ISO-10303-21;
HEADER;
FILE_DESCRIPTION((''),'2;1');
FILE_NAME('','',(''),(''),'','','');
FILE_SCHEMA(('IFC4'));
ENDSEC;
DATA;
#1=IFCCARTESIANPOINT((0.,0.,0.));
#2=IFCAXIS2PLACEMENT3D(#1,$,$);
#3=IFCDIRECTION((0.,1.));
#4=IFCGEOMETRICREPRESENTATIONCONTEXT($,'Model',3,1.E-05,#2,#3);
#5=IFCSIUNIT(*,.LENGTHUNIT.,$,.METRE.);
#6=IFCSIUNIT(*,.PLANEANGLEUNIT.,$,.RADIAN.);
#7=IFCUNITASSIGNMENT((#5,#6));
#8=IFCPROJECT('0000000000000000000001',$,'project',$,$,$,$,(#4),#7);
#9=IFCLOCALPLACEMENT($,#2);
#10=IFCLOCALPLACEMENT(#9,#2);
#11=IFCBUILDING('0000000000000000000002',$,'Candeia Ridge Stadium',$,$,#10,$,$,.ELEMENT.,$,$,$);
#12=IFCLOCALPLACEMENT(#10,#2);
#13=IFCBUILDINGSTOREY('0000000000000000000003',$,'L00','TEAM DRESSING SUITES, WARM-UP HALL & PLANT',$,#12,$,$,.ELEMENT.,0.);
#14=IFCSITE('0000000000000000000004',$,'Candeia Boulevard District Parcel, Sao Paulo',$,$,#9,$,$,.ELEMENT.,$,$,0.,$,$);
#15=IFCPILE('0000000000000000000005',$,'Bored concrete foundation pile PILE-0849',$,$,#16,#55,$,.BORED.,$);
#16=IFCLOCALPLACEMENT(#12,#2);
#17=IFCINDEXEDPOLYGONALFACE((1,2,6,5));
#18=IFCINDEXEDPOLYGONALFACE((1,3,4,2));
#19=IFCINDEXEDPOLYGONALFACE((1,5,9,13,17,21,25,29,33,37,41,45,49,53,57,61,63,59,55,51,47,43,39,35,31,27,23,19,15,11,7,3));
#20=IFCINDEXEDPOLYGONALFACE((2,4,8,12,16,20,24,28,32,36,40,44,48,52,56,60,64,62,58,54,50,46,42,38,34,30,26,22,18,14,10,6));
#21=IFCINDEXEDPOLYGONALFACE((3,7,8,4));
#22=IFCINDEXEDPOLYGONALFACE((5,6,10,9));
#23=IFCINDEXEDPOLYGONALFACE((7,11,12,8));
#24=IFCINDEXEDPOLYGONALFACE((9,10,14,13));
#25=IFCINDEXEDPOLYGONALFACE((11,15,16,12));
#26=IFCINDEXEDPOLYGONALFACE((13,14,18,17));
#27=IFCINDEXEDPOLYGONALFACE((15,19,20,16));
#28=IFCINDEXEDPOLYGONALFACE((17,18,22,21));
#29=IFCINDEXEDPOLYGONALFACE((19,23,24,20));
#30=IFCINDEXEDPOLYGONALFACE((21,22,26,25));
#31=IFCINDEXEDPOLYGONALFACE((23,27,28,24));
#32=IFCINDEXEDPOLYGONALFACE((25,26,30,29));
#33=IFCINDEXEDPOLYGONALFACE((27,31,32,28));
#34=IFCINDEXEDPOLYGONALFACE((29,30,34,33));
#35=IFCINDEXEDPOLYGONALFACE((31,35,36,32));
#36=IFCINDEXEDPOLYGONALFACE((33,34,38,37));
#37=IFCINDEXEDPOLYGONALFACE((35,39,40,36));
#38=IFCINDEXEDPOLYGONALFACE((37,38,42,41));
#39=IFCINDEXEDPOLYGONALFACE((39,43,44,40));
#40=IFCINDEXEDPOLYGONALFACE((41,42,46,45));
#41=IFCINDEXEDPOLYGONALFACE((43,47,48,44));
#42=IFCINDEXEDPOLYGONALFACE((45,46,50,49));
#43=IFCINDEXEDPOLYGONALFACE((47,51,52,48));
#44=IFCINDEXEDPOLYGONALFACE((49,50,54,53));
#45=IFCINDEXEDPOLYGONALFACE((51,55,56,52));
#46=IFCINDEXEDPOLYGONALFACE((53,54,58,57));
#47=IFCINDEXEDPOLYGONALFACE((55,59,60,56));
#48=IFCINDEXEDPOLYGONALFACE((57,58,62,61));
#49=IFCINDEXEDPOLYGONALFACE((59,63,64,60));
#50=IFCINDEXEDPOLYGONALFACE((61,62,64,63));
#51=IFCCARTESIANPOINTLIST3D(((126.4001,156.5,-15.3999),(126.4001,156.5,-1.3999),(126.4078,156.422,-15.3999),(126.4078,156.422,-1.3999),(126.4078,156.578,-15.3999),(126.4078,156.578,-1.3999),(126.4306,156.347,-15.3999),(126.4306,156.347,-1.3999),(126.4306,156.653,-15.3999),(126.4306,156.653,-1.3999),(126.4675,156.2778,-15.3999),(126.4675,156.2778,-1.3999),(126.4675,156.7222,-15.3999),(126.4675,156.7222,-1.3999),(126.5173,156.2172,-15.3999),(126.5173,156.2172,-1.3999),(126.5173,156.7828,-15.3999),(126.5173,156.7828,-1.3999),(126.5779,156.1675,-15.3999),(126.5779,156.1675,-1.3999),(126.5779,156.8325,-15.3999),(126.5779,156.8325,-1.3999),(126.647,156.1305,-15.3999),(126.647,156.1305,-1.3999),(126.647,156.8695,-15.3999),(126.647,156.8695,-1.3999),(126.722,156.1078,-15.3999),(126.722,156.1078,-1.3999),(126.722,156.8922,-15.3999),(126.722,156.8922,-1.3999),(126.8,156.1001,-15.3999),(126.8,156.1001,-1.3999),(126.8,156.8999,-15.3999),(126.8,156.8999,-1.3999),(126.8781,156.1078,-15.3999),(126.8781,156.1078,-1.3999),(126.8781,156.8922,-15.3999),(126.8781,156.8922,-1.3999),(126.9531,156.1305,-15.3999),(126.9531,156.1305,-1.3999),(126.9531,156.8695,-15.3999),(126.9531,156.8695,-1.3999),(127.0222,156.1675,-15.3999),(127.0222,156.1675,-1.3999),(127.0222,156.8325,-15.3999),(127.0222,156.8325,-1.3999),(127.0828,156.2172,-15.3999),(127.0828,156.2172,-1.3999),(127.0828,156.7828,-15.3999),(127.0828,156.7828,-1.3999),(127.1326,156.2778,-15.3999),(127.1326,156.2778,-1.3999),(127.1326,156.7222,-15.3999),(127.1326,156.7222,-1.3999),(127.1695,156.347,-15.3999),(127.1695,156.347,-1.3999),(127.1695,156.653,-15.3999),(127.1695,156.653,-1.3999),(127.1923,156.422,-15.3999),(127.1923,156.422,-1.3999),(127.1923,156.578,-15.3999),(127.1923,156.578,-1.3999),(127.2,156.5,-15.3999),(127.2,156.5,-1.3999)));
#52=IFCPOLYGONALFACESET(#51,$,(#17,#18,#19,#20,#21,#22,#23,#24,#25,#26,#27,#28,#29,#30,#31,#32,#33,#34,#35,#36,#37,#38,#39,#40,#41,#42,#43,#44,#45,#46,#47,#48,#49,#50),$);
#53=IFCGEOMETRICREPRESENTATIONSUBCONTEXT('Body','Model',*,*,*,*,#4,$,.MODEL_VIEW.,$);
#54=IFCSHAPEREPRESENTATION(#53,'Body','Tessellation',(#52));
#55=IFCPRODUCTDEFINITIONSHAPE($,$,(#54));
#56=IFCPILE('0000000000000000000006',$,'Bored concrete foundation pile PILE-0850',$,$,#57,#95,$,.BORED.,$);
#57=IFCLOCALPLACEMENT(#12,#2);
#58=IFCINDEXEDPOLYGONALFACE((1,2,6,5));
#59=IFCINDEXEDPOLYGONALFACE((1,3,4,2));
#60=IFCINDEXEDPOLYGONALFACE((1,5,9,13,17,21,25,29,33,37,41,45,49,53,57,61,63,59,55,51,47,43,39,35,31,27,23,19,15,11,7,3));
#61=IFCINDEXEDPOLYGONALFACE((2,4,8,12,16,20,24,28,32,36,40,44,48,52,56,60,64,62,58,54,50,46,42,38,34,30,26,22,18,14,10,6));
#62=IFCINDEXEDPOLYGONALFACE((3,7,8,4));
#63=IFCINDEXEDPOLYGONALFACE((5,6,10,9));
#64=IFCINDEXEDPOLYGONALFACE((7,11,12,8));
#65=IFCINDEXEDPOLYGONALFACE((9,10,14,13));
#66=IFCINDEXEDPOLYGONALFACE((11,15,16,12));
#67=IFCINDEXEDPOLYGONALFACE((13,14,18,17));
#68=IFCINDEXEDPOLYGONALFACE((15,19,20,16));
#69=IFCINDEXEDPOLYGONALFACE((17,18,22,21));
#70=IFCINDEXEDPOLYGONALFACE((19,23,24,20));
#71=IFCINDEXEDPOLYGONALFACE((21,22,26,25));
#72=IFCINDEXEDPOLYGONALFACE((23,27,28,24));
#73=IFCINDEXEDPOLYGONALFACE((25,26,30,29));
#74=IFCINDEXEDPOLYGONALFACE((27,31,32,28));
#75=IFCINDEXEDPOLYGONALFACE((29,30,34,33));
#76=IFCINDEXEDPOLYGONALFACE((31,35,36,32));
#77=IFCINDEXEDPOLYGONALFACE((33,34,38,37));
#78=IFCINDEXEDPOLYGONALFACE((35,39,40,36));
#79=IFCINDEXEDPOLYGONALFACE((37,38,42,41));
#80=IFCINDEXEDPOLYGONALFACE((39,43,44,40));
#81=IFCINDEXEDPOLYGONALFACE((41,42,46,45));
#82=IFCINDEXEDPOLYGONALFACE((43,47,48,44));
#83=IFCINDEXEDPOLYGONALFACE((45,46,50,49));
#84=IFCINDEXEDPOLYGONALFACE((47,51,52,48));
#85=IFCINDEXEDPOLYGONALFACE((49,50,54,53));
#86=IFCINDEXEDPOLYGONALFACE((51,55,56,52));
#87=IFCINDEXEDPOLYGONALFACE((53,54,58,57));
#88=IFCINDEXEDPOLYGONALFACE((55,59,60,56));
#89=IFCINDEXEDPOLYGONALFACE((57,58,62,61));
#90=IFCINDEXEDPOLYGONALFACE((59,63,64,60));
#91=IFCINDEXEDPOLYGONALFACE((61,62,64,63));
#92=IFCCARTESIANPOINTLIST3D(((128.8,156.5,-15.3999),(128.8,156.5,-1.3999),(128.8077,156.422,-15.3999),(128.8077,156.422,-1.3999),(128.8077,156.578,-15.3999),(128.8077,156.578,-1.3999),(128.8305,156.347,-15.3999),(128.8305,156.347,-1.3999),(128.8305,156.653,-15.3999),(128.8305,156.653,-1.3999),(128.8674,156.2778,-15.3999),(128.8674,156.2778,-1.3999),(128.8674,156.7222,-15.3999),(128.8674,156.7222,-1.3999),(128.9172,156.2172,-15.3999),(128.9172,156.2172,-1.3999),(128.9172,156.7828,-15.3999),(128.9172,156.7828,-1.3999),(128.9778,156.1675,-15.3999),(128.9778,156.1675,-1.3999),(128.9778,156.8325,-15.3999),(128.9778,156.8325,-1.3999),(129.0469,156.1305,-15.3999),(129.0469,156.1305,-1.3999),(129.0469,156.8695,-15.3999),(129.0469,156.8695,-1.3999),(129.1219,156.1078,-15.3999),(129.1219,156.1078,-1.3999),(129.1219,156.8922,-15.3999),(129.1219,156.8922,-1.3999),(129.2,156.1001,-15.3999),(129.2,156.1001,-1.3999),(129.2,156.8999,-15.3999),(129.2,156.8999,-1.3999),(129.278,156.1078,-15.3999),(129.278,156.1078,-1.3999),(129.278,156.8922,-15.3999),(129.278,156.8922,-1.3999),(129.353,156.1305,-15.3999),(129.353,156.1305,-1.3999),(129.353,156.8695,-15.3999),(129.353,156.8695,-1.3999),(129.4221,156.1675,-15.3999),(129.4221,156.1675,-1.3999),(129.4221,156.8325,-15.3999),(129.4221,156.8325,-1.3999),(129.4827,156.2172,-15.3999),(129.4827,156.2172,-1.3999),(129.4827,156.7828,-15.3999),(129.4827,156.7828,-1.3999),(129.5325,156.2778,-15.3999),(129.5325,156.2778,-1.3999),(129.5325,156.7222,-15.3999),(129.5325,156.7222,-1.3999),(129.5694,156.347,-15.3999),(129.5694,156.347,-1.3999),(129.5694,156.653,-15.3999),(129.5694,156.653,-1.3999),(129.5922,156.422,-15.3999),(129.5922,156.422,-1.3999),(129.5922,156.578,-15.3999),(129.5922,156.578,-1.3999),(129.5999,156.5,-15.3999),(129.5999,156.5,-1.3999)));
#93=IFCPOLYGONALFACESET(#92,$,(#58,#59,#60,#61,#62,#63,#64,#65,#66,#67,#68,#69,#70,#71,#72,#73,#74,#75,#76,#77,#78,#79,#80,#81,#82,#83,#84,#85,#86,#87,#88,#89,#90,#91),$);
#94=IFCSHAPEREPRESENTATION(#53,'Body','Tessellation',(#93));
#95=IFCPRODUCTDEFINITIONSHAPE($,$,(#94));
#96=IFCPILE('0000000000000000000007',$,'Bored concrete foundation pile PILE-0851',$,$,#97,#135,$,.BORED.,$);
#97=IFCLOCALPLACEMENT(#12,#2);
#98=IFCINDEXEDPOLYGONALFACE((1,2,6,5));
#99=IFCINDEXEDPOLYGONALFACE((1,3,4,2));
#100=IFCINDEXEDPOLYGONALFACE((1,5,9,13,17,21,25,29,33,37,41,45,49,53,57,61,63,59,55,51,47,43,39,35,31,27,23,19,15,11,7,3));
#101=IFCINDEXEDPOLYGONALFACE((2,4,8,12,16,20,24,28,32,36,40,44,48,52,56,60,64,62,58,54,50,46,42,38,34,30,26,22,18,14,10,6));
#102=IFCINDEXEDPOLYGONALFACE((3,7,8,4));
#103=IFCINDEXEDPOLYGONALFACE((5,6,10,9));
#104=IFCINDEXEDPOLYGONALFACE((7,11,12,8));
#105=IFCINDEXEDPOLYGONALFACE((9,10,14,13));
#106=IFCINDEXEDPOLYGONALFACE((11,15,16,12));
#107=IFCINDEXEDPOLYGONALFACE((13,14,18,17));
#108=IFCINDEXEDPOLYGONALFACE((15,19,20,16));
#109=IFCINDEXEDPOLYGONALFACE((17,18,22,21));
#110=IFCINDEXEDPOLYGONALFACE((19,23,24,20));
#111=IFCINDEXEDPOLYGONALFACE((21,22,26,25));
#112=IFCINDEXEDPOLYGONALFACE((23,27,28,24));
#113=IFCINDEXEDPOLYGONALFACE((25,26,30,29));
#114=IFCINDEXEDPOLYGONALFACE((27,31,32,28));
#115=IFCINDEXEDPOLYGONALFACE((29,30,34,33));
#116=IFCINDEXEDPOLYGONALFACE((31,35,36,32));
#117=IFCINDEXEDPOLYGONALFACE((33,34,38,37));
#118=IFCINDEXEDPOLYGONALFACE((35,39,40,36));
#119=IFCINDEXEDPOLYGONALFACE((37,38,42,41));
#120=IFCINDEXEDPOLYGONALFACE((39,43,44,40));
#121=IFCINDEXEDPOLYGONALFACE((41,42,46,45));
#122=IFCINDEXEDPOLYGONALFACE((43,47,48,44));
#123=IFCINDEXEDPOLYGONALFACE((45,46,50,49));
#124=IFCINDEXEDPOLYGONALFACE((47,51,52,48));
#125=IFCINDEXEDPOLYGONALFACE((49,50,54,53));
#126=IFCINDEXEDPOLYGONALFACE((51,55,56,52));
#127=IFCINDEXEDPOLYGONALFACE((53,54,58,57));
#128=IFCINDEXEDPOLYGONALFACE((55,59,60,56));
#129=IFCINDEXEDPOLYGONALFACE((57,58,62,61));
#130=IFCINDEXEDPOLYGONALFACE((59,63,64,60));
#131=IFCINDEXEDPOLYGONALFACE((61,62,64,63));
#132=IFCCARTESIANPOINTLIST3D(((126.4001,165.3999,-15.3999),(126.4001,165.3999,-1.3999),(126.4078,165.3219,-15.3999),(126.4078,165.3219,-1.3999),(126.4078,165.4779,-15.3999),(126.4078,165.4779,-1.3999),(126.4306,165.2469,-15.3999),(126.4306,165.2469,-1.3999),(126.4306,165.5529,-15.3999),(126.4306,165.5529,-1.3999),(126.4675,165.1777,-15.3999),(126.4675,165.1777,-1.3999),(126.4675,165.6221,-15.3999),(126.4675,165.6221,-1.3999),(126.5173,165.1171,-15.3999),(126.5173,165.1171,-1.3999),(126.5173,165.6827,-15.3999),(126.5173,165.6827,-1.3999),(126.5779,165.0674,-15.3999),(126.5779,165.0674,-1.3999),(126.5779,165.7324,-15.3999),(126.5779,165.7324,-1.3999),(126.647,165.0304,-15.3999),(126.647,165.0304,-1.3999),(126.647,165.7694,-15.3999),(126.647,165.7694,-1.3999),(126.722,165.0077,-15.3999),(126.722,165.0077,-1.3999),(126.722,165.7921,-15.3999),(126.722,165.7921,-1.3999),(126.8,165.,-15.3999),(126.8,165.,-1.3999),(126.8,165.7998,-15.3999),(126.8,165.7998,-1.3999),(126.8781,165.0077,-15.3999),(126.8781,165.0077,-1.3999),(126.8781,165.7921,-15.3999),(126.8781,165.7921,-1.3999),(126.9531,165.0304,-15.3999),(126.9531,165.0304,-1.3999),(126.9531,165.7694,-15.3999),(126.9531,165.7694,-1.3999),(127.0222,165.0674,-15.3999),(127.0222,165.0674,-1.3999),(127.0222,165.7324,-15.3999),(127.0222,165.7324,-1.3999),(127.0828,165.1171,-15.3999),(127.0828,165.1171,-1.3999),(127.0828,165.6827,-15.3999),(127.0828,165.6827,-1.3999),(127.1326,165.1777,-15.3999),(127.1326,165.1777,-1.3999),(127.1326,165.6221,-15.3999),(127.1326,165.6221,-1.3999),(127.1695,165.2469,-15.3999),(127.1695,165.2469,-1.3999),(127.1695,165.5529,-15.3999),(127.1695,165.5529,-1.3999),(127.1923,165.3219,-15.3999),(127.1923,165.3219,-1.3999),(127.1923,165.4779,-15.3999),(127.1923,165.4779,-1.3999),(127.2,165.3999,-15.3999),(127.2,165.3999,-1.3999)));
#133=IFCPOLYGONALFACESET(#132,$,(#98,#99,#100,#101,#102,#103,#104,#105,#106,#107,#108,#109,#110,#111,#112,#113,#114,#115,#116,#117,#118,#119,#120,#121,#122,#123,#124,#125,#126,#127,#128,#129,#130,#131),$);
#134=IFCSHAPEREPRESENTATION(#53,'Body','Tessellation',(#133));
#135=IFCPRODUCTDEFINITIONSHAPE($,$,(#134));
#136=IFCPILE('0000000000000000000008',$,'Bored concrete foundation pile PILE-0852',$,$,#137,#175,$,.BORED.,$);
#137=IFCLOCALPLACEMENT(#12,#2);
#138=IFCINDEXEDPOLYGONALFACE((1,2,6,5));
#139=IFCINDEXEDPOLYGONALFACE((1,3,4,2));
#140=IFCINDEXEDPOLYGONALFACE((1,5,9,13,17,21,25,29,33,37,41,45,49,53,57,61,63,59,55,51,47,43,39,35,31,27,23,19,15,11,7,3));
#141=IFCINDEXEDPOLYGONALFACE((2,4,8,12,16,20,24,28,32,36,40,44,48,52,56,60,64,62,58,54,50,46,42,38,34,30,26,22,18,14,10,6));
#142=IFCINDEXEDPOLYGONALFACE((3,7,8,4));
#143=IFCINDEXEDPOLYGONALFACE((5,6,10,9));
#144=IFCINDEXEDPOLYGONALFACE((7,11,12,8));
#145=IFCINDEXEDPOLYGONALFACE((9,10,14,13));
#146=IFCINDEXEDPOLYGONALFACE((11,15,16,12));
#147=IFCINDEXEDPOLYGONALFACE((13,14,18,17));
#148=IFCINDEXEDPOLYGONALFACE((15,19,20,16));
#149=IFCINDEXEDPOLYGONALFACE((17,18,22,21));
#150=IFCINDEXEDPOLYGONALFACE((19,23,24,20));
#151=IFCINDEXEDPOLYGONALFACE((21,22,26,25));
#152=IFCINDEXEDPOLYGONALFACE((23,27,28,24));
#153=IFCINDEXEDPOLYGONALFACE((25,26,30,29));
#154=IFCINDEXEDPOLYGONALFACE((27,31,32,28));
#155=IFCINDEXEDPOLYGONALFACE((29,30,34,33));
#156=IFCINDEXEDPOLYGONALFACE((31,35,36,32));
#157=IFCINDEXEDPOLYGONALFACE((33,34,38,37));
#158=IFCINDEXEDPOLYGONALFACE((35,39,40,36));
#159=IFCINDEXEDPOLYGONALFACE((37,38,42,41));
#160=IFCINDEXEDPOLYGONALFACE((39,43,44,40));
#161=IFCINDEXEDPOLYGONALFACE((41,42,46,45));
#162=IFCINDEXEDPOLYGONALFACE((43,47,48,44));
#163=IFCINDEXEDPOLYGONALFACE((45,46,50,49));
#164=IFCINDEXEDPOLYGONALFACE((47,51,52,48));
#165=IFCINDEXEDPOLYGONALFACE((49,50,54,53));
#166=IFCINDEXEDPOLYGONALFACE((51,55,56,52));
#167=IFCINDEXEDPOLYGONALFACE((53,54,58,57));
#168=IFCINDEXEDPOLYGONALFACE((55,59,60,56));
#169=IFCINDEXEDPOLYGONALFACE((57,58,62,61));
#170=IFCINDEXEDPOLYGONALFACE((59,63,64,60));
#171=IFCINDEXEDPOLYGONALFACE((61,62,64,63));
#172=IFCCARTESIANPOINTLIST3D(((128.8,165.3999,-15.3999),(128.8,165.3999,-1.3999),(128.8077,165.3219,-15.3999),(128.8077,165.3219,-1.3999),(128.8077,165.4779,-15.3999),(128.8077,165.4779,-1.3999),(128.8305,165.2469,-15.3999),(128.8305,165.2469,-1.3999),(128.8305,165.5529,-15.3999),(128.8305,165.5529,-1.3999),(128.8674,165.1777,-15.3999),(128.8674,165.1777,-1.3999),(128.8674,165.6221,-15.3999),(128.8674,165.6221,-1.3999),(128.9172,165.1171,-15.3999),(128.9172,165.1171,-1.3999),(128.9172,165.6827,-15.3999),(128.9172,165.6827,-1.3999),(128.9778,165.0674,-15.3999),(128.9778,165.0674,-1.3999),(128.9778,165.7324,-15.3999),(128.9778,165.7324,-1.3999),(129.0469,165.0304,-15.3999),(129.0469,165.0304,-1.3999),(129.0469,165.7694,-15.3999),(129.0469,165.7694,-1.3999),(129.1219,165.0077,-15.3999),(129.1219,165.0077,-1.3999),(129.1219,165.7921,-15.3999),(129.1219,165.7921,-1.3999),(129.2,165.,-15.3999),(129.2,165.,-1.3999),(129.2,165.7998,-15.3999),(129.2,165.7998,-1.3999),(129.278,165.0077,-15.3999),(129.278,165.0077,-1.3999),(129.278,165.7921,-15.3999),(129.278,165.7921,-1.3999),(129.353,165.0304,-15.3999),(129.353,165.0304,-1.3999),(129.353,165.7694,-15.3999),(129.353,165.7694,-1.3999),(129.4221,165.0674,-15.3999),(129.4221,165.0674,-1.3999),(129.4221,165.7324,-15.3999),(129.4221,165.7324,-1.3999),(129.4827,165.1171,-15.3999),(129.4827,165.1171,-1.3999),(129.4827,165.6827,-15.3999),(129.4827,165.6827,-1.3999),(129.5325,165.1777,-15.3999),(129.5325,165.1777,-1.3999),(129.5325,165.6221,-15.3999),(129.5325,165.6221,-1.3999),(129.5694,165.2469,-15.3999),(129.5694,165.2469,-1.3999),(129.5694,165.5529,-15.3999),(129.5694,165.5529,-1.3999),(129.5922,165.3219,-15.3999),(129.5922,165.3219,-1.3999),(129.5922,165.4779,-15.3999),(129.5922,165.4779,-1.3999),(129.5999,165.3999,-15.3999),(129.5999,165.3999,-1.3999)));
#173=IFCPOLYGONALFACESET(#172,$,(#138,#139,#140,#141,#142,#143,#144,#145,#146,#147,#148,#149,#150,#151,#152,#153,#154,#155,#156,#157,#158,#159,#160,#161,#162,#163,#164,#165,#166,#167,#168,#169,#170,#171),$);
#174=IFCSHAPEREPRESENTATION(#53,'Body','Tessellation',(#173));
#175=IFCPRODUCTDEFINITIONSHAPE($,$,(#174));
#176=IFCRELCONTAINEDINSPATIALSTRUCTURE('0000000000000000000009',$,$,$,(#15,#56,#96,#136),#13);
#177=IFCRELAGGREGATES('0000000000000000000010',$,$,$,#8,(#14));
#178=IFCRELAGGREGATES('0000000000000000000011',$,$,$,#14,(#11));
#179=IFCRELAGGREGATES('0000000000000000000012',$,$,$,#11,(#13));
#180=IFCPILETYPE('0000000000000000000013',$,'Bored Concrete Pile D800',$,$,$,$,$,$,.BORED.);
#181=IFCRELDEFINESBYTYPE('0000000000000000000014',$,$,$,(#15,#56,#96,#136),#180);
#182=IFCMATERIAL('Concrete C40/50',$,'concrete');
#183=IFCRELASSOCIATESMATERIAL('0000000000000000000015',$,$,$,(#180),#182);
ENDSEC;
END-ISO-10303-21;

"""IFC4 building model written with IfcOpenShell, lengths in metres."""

from ifc_helpers import new_model, si_unit, direction, frame, origin, origin_2d, place, context, subcontext, project, spatial, circle, extrude, material, material_profile, profile_set, type_object, element, save


model = new_model("IFC4")

# Units and contexts
model_context = context("Model", 3, precision=1e-05, world=origin(), true_north=direction((0.0, 1.0)))
body_context = subcontext(model_context, "Body", "Model", "MODEL_VIEW")
ifc_project = project(units=[si_unit("LENGTHUNIT", "METRE"), si_unit("PLANEANGLEUNIT", "RADIAN")], contexts=[model_context])

# Site, building, storey
site_placement = place(None, origin())
site = spatial("IfcSite", under=ifc_project, at=site_placement, Name="Candeia Boulevard District Parcel, Sao Paulo", CompositionType="ELEMENT", RefElevation=0.0)
building_placement = place(site_placement, origin())
building = spatial("IfcBuilding", under=site, at=building_placement, Name="Candeia Ridge Stadium", CompositionType="ELEMENT")
storey_placement = place(building_placement, origin())
storey = spatial("IfcBuildingStorey", under=building, at=storey_placement, Name="L00", Description="TEAM DRESSING SUITES, WARM-UP HALL & PLANT", CompositionType="ELEMENT", Elevation=0.0)

# Piles
ifc_material_1 = material(Name="Concrete C40/50", Category="concrete")
ifc_material_profile_1 = material_profile(ifc_material_1, circle(Radius=0.3999, at=origin_2d()), Name="PILE-D800", Category="concrete")
ifc_profile_set_1 = profile_set([ifc_material_profile_1], Name="Concrete C40/50")
pile_type_1 = type_object("IfcPileType", Name="Bored Concrete Pile D800", PredefinedType="BORED", material=ifc_profile_set_1)
for number, where, z_axis, x_axis, name in (
    (1, (126.8, 156.5, -1.3999), (0.0, 0.0, -1.0), (1.0, 0.0, 0.0), "Bored concrete foundation pile PILE-0849"),
    (2, (129.2, 156.5, -1.3999), (0.0, 0.0, -1.0), (1.0, 0.0, 0.0), "Bored concrete foundation pile PILE-0850"),
    (3, (126.8, 165.3999, -1.3999), (0.0, 0.0, -1.0), (1.0, 0.0, 0.0), "Bored concrete foundation pile PILE-0851"),
    (4, (129.2, 165.3999, -1.3999), (0.0, 0.0, -1.0), (1.0, 0.0, 0.0), "Bored concrete foundation pile PILE-0852"),
):
    element("IfcPile", number, at=place(storey_placement, frame(where, z_axis=z_axis, x_axis=x_axis)), inside=storey, type_object=pile_type_1, Name=name, PredefinedType="BORED", context=body_context, shape_type="SweptSolid", body=[
        extrude(circle(Radius=0.3999, at=origin_2d()), origin(), (0.0, 0.0, 1.0), 14.0),
    ])

save(model, "model.ifc")
